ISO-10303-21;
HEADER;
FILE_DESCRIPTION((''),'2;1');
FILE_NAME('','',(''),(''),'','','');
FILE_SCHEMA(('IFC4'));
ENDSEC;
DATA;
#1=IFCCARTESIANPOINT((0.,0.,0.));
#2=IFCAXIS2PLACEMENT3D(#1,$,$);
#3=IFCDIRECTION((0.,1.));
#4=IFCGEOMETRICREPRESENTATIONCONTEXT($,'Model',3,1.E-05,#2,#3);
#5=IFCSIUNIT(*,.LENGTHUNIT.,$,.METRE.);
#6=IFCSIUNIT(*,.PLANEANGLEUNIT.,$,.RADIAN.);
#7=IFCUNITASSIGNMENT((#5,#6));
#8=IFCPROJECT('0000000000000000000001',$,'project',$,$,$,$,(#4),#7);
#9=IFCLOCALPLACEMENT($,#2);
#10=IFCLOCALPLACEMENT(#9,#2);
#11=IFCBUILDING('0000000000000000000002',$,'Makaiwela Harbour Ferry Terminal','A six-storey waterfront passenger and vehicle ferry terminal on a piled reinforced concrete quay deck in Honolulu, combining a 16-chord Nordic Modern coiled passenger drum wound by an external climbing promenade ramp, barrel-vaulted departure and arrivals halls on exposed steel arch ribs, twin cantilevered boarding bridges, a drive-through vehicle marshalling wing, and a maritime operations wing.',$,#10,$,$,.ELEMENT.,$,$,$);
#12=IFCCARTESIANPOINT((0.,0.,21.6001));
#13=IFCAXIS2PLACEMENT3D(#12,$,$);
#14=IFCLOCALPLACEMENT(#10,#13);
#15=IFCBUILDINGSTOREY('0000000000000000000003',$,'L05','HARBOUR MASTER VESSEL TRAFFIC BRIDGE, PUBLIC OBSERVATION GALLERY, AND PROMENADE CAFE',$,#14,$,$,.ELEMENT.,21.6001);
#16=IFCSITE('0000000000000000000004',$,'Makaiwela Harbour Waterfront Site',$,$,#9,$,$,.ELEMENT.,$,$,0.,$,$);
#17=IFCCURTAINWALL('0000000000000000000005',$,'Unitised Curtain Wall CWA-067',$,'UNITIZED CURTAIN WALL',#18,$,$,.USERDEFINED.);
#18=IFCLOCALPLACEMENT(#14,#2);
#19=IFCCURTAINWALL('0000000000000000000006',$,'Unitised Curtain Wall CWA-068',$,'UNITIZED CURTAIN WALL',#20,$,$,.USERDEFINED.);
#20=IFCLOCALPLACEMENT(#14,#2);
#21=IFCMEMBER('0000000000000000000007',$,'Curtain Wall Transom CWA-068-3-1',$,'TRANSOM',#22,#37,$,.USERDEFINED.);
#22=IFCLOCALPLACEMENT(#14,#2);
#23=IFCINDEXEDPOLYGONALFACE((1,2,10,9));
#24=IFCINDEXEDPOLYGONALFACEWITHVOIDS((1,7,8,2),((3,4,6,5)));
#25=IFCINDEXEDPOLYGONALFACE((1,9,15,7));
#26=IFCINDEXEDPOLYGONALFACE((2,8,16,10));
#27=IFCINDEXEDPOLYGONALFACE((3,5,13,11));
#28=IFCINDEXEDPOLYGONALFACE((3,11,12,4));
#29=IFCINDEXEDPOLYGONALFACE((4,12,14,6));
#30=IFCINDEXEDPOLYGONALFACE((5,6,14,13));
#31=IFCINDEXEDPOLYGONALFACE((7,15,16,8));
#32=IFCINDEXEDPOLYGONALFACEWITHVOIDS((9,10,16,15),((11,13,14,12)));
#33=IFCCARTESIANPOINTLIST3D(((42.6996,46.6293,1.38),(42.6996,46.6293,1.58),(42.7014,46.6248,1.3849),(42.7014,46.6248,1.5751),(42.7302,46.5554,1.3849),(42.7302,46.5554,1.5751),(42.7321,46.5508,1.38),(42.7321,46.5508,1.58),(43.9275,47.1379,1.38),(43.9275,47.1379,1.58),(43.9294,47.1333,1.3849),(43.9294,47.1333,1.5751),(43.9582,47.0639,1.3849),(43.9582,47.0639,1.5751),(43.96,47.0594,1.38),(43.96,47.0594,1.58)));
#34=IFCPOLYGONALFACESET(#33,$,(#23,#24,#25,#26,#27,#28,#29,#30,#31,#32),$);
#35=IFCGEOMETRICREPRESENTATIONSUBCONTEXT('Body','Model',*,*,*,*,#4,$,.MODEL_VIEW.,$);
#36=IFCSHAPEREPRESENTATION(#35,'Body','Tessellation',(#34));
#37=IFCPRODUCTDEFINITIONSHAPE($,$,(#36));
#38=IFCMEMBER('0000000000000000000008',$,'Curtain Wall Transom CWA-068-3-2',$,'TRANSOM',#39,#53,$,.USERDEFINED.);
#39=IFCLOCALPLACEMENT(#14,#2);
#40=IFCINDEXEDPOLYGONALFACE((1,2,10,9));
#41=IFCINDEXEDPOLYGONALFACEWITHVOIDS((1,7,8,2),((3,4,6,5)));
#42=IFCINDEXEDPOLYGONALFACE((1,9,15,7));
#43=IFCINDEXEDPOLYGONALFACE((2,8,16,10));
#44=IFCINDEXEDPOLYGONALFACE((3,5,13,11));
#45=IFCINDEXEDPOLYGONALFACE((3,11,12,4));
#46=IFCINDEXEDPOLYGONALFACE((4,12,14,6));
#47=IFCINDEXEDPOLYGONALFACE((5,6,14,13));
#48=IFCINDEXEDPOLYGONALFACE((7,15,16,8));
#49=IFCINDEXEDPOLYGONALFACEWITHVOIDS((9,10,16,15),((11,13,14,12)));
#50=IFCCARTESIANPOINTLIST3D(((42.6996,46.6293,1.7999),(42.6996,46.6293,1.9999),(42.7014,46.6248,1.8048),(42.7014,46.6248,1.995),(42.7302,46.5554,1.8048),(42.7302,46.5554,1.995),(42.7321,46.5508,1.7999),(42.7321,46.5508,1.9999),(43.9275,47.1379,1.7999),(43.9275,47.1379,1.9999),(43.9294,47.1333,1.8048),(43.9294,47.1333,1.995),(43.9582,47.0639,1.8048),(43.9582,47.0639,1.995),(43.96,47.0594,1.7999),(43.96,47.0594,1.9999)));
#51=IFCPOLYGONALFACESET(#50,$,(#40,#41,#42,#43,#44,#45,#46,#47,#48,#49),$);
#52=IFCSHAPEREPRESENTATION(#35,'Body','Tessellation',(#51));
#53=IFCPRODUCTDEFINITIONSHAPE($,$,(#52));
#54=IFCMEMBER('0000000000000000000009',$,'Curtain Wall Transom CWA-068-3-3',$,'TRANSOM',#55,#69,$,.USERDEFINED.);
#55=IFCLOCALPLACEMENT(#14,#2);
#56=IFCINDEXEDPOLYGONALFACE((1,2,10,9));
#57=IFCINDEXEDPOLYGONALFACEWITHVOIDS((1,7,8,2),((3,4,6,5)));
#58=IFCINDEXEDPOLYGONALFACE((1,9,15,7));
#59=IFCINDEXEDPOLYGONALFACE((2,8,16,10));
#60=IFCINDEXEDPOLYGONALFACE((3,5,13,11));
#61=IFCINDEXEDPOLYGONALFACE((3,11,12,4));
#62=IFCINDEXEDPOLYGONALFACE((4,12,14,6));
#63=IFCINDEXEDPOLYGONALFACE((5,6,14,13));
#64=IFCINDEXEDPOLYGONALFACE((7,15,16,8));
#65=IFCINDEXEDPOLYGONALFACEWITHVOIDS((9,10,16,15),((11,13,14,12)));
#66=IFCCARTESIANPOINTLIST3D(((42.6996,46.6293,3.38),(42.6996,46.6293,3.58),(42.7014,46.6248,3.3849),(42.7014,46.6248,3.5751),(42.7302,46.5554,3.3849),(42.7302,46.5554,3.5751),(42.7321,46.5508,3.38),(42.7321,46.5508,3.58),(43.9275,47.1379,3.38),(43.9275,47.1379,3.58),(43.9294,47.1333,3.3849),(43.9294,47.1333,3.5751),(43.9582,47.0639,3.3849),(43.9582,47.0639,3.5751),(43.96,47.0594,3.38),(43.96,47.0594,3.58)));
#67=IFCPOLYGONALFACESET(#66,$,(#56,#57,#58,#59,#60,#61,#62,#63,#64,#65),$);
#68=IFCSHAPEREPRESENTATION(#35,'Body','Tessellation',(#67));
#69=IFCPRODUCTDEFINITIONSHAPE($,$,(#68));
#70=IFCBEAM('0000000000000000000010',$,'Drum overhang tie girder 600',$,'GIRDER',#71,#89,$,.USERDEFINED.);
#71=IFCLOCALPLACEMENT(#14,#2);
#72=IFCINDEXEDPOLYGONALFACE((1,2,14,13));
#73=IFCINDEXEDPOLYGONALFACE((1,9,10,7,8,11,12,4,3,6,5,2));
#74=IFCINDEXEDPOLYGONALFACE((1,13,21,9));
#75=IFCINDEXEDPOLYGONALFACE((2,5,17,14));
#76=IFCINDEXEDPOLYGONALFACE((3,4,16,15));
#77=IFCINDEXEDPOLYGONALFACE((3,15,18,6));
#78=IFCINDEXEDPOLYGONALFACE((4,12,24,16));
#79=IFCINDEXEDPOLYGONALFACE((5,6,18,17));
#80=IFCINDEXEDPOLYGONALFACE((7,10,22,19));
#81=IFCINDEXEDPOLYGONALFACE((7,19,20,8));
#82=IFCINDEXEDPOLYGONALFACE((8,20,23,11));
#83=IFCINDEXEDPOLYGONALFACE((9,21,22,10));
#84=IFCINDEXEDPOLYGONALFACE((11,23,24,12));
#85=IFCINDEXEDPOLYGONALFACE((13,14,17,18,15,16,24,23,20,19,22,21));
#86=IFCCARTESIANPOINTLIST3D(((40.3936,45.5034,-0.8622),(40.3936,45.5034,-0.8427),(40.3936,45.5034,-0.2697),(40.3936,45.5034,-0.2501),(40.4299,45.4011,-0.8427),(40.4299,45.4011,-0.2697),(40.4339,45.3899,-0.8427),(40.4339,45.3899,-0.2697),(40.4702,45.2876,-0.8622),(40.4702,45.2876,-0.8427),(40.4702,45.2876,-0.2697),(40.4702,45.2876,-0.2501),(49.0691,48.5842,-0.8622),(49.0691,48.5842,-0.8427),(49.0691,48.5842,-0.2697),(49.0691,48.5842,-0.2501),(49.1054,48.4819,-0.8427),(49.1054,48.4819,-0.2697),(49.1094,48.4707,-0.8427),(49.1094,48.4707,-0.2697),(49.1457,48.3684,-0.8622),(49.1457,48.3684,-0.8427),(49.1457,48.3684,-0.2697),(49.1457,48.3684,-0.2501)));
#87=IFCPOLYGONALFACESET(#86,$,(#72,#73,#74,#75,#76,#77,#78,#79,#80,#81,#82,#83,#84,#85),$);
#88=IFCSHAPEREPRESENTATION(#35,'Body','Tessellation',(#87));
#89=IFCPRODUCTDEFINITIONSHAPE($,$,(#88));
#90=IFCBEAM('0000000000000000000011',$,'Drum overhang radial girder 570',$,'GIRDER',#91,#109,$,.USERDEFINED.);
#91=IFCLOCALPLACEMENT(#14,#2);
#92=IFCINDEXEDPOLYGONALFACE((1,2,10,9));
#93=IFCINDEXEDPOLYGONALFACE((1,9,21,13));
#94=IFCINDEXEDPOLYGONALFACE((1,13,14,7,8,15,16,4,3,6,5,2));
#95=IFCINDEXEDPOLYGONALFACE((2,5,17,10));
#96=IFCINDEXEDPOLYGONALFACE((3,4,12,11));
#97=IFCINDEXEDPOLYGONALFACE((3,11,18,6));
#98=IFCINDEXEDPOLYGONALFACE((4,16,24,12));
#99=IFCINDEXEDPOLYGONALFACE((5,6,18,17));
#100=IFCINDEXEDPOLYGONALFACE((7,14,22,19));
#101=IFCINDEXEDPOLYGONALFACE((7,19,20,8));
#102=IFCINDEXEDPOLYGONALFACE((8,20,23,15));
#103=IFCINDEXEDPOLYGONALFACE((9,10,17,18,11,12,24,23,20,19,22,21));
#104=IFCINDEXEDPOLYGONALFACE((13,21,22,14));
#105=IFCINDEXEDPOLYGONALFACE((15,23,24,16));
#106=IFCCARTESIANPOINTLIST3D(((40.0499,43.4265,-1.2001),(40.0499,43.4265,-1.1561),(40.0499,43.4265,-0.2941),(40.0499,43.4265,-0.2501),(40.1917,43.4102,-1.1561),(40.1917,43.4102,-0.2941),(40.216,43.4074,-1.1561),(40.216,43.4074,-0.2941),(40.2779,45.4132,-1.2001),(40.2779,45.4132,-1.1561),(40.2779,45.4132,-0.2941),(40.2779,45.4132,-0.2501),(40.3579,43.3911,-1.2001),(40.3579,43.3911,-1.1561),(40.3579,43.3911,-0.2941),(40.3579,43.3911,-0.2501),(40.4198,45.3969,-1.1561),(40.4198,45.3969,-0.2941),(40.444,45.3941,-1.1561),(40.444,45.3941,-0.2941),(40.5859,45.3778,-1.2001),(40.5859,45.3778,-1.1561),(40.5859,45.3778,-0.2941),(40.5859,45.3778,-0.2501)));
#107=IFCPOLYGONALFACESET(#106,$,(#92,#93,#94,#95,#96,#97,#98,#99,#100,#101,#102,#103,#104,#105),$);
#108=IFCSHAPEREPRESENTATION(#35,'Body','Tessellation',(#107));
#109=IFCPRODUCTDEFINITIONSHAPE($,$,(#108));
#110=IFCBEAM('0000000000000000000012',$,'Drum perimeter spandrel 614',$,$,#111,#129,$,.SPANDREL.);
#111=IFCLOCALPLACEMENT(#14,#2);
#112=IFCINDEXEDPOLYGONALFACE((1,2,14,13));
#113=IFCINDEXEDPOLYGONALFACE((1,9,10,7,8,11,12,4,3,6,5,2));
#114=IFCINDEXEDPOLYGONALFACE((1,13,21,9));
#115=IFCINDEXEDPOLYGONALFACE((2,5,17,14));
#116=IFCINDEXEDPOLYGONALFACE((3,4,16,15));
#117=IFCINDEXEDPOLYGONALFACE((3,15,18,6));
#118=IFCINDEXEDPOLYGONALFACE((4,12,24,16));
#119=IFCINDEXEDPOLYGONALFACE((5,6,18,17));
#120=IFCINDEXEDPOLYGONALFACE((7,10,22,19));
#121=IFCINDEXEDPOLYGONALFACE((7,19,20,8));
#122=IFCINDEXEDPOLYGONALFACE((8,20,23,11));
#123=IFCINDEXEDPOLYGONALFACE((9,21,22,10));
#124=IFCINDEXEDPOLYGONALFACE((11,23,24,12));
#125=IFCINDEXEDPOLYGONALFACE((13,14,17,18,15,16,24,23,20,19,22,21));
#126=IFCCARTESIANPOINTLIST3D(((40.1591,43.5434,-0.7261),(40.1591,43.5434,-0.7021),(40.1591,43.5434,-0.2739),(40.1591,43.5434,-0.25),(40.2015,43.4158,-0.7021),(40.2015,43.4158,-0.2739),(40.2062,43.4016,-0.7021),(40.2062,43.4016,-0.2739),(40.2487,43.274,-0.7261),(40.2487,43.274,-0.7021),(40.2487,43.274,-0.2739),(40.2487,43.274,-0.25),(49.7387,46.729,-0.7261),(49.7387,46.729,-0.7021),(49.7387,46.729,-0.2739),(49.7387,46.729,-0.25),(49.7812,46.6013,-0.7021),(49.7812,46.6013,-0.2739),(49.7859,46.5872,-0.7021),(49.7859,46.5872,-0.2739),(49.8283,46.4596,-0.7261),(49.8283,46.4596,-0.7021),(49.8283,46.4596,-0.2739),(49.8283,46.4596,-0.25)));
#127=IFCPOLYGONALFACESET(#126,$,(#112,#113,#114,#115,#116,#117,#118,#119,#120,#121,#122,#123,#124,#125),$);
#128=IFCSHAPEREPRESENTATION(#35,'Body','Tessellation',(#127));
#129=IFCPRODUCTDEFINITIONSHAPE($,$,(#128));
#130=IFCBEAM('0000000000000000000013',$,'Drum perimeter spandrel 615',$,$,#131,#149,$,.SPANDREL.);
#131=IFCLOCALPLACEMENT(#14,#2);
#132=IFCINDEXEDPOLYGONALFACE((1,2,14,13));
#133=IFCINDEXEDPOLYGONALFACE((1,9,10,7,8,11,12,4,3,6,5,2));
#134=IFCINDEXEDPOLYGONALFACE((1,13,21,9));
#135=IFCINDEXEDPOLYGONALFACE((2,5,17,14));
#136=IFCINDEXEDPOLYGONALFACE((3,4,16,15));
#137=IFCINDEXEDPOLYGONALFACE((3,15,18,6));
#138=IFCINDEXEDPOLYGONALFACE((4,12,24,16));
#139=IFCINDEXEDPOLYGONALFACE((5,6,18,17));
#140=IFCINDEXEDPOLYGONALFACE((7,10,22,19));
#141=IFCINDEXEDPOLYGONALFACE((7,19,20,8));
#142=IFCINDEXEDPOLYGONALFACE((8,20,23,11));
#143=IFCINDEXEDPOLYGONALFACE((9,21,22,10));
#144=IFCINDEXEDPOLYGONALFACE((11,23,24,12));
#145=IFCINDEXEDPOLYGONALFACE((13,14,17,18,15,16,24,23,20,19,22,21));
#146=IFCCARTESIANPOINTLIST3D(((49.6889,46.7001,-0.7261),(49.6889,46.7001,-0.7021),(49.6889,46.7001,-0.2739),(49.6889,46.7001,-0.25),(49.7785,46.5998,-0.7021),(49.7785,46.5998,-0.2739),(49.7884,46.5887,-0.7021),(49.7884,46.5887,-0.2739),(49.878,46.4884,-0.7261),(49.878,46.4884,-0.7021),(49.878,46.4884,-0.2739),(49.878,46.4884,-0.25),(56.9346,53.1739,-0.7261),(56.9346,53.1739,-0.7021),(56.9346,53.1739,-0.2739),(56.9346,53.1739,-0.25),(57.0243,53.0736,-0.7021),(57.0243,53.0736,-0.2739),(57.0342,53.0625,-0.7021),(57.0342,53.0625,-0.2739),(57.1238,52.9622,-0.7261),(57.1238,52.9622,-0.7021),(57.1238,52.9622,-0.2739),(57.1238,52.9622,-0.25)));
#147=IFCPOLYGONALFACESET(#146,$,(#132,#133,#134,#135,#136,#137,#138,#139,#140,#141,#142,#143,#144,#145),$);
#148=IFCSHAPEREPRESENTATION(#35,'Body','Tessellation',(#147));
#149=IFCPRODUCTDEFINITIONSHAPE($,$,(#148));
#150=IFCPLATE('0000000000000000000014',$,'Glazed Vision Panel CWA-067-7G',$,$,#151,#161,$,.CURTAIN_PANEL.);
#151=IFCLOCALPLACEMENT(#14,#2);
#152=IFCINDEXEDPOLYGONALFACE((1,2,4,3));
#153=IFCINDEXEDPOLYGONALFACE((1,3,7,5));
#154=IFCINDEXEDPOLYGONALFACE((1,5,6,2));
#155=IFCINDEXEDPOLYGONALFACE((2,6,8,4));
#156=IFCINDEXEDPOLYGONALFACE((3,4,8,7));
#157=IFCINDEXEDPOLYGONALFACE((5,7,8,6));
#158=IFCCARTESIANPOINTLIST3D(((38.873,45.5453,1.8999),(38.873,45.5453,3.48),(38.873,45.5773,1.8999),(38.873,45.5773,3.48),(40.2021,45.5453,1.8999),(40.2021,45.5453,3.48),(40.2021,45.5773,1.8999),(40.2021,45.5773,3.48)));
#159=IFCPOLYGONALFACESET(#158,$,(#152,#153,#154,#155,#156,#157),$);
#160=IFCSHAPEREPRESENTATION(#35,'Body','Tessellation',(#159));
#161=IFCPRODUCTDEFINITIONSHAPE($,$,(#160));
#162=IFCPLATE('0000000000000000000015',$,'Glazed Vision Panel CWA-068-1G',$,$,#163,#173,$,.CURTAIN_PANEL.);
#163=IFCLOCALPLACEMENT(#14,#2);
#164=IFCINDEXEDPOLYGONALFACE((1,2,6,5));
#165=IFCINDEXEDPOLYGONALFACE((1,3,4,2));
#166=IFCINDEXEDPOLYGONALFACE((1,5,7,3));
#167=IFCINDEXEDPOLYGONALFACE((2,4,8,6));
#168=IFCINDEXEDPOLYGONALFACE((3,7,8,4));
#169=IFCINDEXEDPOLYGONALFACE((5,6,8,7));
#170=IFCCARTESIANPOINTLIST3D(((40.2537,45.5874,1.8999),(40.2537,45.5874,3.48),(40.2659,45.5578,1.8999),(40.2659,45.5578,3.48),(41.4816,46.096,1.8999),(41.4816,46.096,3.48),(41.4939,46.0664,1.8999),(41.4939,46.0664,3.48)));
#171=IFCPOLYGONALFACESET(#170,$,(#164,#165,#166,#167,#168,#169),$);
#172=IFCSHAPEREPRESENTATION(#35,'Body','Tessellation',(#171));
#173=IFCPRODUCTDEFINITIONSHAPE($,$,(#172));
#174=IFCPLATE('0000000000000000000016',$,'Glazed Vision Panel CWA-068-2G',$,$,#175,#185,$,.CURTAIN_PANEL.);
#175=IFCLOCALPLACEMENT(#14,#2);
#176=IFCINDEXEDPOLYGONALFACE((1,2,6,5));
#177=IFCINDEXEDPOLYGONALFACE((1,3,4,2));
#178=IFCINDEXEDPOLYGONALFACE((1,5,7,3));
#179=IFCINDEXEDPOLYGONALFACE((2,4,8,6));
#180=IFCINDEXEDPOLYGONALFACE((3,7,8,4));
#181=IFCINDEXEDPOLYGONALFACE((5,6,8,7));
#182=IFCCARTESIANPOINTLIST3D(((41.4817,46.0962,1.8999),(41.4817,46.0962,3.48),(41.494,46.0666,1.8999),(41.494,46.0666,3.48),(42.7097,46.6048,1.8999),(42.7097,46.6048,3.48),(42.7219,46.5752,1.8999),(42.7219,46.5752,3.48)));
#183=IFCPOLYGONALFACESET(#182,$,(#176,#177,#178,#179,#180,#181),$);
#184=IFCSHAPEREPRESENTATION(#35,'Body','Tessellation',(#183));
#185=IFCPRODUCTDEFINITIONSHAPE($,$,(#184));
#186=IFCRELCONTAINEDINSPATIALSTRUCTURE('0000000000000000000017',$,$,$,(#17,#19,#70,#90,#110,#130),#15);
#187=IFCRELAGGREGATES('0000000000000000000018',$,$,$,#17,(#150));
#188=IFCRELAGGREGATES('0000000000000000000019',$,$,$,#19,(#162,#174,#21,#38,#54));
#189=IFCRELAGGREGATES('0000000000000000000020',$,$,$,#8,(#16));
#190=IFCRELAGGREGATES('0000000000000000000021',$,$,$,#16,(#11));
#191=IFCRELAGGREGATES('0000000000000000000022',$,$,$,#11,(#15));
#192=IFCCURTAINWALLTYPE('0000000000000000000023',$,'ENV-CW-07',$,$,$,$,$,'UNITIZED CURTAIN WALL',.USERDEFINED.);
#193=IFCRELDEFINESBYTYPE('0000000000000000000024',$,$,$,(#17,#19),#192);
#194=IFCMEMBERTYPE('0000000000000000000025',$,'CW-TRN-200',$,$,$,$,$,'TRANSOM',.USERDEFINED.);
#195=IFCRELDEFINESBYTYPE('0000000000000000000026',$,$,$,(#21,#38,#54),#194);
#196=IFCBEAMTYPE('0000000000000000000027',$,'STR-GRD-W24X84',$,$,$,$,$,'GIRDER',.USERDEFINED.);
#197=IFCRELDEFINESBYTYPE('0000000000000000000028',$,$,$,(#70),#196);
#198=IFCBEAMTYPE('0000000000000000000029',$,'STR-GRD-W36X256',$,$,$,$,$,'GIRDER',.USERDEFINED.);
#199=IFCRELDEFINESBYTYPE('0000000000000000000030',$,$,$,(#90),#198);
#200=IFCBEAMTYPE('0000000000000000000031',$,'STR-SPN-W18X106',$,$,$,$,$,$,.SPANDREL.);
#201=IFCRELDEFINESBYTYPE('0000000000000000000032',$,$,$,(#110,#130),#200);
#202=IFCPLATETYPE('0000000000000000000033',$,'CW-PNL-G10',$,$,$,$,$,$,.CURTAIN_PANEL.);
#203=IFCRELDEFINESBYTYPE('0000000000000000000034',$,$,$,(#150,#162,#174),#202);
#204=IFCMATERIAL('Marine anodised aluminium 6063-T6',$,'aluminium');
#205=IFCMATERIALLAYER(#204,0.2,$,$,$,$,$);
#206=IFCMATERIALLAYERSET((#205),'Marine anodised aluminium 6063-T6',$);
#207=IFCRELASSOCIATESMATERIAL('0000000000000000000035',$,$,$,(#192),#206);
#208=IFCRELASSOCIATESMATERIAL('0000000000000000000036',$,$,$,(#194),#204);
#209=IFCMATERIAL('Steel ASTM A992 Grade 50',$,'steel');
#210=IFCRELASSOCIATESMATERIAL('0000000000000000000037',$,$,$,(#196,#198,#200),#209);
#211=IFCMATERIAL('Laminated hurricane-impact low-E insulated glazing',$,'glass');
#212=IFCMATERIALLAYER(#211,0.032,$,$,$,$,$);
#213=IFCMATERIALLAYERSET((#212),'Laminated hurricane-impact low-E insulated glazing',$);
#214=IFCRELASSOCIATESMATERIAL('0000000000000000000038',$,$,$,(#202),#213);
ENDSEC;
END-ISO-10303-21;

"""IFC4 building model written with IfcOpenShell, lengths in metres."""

from ifc_helpers import new_model, si_unit, direction, frame, origin, origin_2d, place, context, subcontext, project, spatial, rectangle, hollow_rectangle, i_section, extrude, material, layer, layer_set, material_profile, profile_set, type_object, element, aggregate, save


model = new_model("IFC4")

# Units and contexts
model_context = context("Model", 3, precision=1e-05, world=origin(), true_north=direction((0.0, 1.0)))
body_context = subcontext(model_context, "Body", "Model", "MODEL_VIEW")
ifc_project = project(units=[si_unit("LENGTHUNIT", "METRE"), si_unit("PLANEANGLEUNIT", "RADIAN")], contexts=[model_context])

# Site, building, storey
site_placement = place(None, origin())
site = spatial("IfcSite", under=ifc_project, at=site_placement, Name="Makaiwela Harbour Waterfront Site", CompositionType="ELEMENT", RefElevation=0.0)
building_placement = place(site_placement, origin())
building = spatial("IfcBuilding", under=site, at=building_placement, Name="Makaiwela Harbour Ferry Terminal", Description="A six-storey waterfront passenger and vehicle ferry terminal on a piled reinforced concrete quay deck in Honolulu, combining a 16-chord Nordic Modern coiled passenger drum wound by an external climbing promenade ramp, barrel-vaulted departure and arrivals halls on exposed steel arch ribs, twin cantilevered boarding bridges, a drive-through vehicle marshalling wing, and a maritime operations wing.", CompositionType="ELEMENT")
storey_placement = place(building_placement, frame((0.0, 0.0, 21.6001)))
storey = spatial("IfcBuildingStorey", under=building, at=storey_placement, Name="L05", Description="HARBOUR MASTER VESSEL TRAFFIC BRIDGE, PUBLIC OBSERVATION GALLERY, AND PROMENADE CAFE", CompositionType="ELEMENT", Elevation=21.6001)

# Curtain wall
ifc_material_1 = material(Name="Marine anodised aluminium 6063-T6", Category="aluminium")
ifc_layer_1 = layer(ifc_material_1, 0.2)
ifc_layer_set_1 = layer_set([ifc_layer_1], Name="Marine anodised aluminium 6063-T6")
curtain_wall_type = type_object("IfcCurtainWallType", Name="ENV-CW-07", ElementType="UNITIZED CURTAIN WALL", PredefinedType="USERDEFINED", material=ifc_layer_set_1)
curtain_wall_1_placement = place(storey_placement, origin())
curtain_wall_1 = element("IfcCurtainWall", 1, at=curtain_wall_1_placement, inside=storey, type_object=curtain_wall_type, Name="Unitised Curtain Wall CWA-067", ObjectType="UNITIZED CURTAIN WALL", PredefinedType="USERDEFINED")

# Curtain wall, members
curtain_wall_2_placement = place(storey_placement, origin())
curtain_wall_2 = element("IfcCurtainWall", 2, at=curtain_wall_2_placement, inside=storey, type_object=curtain_wall_type, Name="Unitised Curtain Wall CWA-068", ObjectType="UNITIZED CURTAIN WALL", PredefinedType="USERDEFINED")
ifc_material_profile_1 = material_profile(ifc_material_1, hollow_rectangle(XDim=0.085, YDim=0.2, WallThickness=0.0049, at=origin_2d()), Name="CWT-200X85")
ifc_profile_set_1 = profile_set([ifc_material_profile_1], Name="Marine anodised aluminium 6063-T6")
member_type_1 = type_object("IfcMemberType", Name="CW-TRN-200", ElementType="TRANSOM", PredefinedType="USERDEFINED", material=ifc_profile_set_1)
member_1_placement = place(storey_placement, frame((42.7158, 46.5901, 1.48), z_axis=(0.923912, 0.382606, 0.0), x_axis=(-0.382606, 0.923912, 0.0)))
member_1 = element("IfcMember", 3, at=member_1_placement, type_object=member_type_1, Name="Curtain Wall Transom CWA-068-3-1", ObjectType="TRANSOM", PredefinedType="USERDEFINED", context=body_context, shape_type="SweptSolid", body=[
    extrude(hollow_rectangle(XDim=0.085, YDim=0.2, WallThickness=0.0049, at=origin_2d()), origin(), (0.0, 0.0, 1.0), 1.3291),
])
member_2_placement = place(storey_placement, frame((42.7158, 46.5901, 1.8999), z_axis=(0.923912, 0.382606, 0.0), x_axis=(-0.382606, 0.923912, 0.0)))
member_2 = element("IfcMember", 4, at=member_2_placement, type_object=member_type_1, Name="Curtain Wall Transom CWA-068-3-2", ObjectType="TRANSOM", PredefinedType="USERDEFINED", context=body_context, shape_type="SweptSolid", body=[
    extrude(hollow_rectangle(XDim=0.085, YDim=0.2, WallThickness=0.0049, at=origin_2d()), origin(), (0.0, 0.0, 1.0), 1.3291),
])
member_3_placement = place(storey_placement, frame((42.7158, 46.5901, 3.48), z_axis=(0.923912, 0.382606, 0.0), x_axis=(-0.382606, 0.923912, 0.0)))
member_3 = element("IfcMember", 5, at=member_3_placement, type_object=member_type_1, Name="Curtain Wall Transom CWA-068-3-3", ObjectType="TRANSOM", PredefinedType="USERDEFINED", context=body_context, shape_type="SweptSolid", body=[
    extrude(hollow_rectangle(XDim=0.085, YDim=0.2, WallThickness=0.0049, at=origin_2d()), origin(), (0.0, 0.0, 1.0), 1.3291),
])

# Beams
ifc_material_2 = material(Name="Steel ASTM A992 Grade 50", Category="steel")
ifc_material_profile_2 = material_profile(ifc_material_2, i_section(OverallWidth=0.229, OverallDepth=0.6121, WebThickness=0.012, FlangeThickness=0.0195, at=origin_2d()), Name="W24X84")
ifc_profile_set_2 = profile_set([ifc_material_profile_2], Name="Steel ASTM A992 Grade 50")
beam_type_1 = type_object("IfcBeamType", Name="STR-GRD-W24X84", ElementType="GIRDER", PredefinedType="USERDEFINED", material=ifc_profile_set_2)
beam_1_placement = place(storey_placement, frame((40.4319, 45.3955, -0.5562), z_axis=(0.942346, 0.334641, 0.0), x_axis=(-0.334641, 0.942346, 0.0)))
element("IfcBeam", 6, at=beam_1_placement, inside=storey, type_object=beam_type_1, Name="Drum overhang tie girder 600", ObjectType="GIRDER", PredefinedType="USERDEFINED", context=body_context, shape_type="SweptSolid", body=[
    extrude(i_section(OverallWidth=0.229, OverallDepth=0.6121, WebThickness=0.012, FlangeThickness=0.0195, at=origin_2d()), origin(), (0.0, 0.0, 1.0), 9.2063),
])
ifc_material_profile_3 = material_profile(ifc_material_2, i_section(OverallWidth=0.3101, OverallDepth=0.95, WebThickness=0.0244, FlangeThickness=0.0439, at=origin_2d()), Name="W36X256")
ifc_profile_set_3 = profile_set([ifc_material_profile_3], Name="Steel ASTM A992 Grade 50")
beam_type_2 = type_object("IfcBeamType", Name="STR-GRD-W36X256", ElementType="GIRDER", PredefinedType="USERDEFINED", material=ifc_profile_set_3)
beam_2_placement = place(storey_placement, frame((40.4319, 45.3955, -0.7251), z_axis=(-0.114022, -0.993478, 0.0), x_axis=(0.993478, -0.114022, 0.0)))
element("IfcBeam", 7, at=beam_2_placement, inside=storey, type_object=beam_type_2, Name="Drum overhang radial girder 570", ObjectType="GIRDER", PredefinedType="USERDEFINED", context=body_context, shape_type="SweptSolid", body=[
    extrude(i_section(OverallWidth=0.3101, OverallDepth=0.95, WebThickness=0.0244, FlangeThickness=0.0439, at=origin_2d()), origin(), (0.0, 0.0, 1.0), 1.9998),
])
ifc_material_profile_4 = material_profile(ifc_material_2, i_section(OverallWidth=0.2839, OverallDepth=0.4761, WebThickness=0.0149, FlangeThickness=0.0239, at=origin_2d()), Name="W18X106")
ifc_profile_set_4 = profile_set([ifc_material_profile_4], Name="Steel ASTM A992 Grade 50")
beam_type_3 = type_object("IfcBeamType", Name="STR-SPN-W18X106", PredefinedType="SPANDREL", material=ifc_profile_set_4)
beam_3_placement = place(storey_placement, frame((40.2039, 43.4087, -0.488), z_axis=(0.94891, 0.315546, 0.0), x_axis=(-0.315546, 0.94891, 0.0)))
element("IfcBeam", 8, at=beam_3_placement, inside=storey, type_object=beam_type_3, Name="Drum perimeter spandrel 614", PredefinedType="SPANDREL", context=body_context, shape_type="SweptSolid", body=[
    extrude(i_section(OverallWidth=0.2839, OverallDepth=0.4761, WebThickness=0.0149, FlangeThickness=0.0239, at=origin_2d()), origin(), (0.0, 0.0, 1.0), 10.0955),
])
beam_4_placement = place(storey_placement, frame((49.7834, 46.5942, -0.488), z_axis=(0.745714, 0.666266, 0.0), x_axis=(-0.666266, 0.745714, 0.0)))
element("IfcBeam", 9, at=beam_4_placement, inside=storey, type_object=beam_type_3, Name="Drum perimeter spandrel 615", PredefinedType="SPANDREL", context=body_context, shape_type="SweptSolid", body=[
    extrude(i_section(OverallWidth=0.2839, OverallDepth=0.4761, WebThickness=0.0149, FlangeThickness=0.0239, at=origin_2d()), origin(), (0.0, 0.0, 1.0), 9.7166),
])

# Plates
ifc_material_3 = material(Name="Laminated hurricane-impact low-E insulated glazing", Category="glass")
ifc_layer_2 = layer(ifc_material_3, 0.032)
ifc_layer_set_2 = layer_set([ifc_layer_2], Name="Laminated hurricane-impact low-E insulated glazing")
plate_type_1 = type_object("IfcPlateType", Name="CW-PNL-G10", PredefinedType="CURTAIN_PANEL", material=ifc_layer_set_2)
plate_1_placement = place(storey_placement, frame((39.5376, 45.5613, 1.8999), z_axis=(0.0, 0.0, 1.0), x_axis=(1.0, 0.0, 0.0)))
plate_1 = element("IfcPlate", 10, at=plate_1_placement, type_object=plate_type_1, Name="Glazed Vision Panel CWA-067-7G", PredefinedType="CURTAIN_PANEL", context=body_context, shape_type="SweptSolid", body=[
    extrude(rectangle(XDim=1.3291, YDim=0.032, at=origin_2d()), origin(), (0.0, 0.0, 1.0), 1.5801),
])
plate_2_placement = place(storey_placement, frame((40.8738, 45.8269, 1.8999), z_axis=(0.0, 0.0, 1.0), x_axis=(0.92388, 0.382683, 0.0)))
plate_2 = element("IfcPlate", 11, at=plate_2_placement, type_object=plate_type_1, Name="Glazed Vision Panel CWA-068-1G", PredefinedType="CURTAIN_PANEL", context=body_context, shape_type="SweptSolid", body=[
    extrude(rectangle(XDim=1.3291, YDim=0.032, at=origin_2d()), origin(), (0.0, 0.0, 1.0), 1.5801),
])
plate_3_placement = place(storey_placement, frame((42.1018, 46.3357, 1.8999), z_axis=(0.0, 0.0, 1.0), x_axis=(0.92388, 0.382683, 0.0)))
plate_3 = element("IfcPlate", 12, at=plate_3_placement, type_object=plate_type_1, Name="Glazed Vision Panel CWA-068-2G", PredefinedType="CURTAIN_PANEL", context=body_context, shape_type="SweptSolid", body=[
    extrude(rectangle(XDim=1.3291, YDim=0.032, at=origin_2d()), origin(), (0.0, 0.0, 1.0), 1.5801),
])
aggregate(curtain_wall_1, [plate_1])
aggregate(curtain_wall_2, [plate_2, plate_3, member_1, member_2, member_3])

save(model, "model.ifc")
